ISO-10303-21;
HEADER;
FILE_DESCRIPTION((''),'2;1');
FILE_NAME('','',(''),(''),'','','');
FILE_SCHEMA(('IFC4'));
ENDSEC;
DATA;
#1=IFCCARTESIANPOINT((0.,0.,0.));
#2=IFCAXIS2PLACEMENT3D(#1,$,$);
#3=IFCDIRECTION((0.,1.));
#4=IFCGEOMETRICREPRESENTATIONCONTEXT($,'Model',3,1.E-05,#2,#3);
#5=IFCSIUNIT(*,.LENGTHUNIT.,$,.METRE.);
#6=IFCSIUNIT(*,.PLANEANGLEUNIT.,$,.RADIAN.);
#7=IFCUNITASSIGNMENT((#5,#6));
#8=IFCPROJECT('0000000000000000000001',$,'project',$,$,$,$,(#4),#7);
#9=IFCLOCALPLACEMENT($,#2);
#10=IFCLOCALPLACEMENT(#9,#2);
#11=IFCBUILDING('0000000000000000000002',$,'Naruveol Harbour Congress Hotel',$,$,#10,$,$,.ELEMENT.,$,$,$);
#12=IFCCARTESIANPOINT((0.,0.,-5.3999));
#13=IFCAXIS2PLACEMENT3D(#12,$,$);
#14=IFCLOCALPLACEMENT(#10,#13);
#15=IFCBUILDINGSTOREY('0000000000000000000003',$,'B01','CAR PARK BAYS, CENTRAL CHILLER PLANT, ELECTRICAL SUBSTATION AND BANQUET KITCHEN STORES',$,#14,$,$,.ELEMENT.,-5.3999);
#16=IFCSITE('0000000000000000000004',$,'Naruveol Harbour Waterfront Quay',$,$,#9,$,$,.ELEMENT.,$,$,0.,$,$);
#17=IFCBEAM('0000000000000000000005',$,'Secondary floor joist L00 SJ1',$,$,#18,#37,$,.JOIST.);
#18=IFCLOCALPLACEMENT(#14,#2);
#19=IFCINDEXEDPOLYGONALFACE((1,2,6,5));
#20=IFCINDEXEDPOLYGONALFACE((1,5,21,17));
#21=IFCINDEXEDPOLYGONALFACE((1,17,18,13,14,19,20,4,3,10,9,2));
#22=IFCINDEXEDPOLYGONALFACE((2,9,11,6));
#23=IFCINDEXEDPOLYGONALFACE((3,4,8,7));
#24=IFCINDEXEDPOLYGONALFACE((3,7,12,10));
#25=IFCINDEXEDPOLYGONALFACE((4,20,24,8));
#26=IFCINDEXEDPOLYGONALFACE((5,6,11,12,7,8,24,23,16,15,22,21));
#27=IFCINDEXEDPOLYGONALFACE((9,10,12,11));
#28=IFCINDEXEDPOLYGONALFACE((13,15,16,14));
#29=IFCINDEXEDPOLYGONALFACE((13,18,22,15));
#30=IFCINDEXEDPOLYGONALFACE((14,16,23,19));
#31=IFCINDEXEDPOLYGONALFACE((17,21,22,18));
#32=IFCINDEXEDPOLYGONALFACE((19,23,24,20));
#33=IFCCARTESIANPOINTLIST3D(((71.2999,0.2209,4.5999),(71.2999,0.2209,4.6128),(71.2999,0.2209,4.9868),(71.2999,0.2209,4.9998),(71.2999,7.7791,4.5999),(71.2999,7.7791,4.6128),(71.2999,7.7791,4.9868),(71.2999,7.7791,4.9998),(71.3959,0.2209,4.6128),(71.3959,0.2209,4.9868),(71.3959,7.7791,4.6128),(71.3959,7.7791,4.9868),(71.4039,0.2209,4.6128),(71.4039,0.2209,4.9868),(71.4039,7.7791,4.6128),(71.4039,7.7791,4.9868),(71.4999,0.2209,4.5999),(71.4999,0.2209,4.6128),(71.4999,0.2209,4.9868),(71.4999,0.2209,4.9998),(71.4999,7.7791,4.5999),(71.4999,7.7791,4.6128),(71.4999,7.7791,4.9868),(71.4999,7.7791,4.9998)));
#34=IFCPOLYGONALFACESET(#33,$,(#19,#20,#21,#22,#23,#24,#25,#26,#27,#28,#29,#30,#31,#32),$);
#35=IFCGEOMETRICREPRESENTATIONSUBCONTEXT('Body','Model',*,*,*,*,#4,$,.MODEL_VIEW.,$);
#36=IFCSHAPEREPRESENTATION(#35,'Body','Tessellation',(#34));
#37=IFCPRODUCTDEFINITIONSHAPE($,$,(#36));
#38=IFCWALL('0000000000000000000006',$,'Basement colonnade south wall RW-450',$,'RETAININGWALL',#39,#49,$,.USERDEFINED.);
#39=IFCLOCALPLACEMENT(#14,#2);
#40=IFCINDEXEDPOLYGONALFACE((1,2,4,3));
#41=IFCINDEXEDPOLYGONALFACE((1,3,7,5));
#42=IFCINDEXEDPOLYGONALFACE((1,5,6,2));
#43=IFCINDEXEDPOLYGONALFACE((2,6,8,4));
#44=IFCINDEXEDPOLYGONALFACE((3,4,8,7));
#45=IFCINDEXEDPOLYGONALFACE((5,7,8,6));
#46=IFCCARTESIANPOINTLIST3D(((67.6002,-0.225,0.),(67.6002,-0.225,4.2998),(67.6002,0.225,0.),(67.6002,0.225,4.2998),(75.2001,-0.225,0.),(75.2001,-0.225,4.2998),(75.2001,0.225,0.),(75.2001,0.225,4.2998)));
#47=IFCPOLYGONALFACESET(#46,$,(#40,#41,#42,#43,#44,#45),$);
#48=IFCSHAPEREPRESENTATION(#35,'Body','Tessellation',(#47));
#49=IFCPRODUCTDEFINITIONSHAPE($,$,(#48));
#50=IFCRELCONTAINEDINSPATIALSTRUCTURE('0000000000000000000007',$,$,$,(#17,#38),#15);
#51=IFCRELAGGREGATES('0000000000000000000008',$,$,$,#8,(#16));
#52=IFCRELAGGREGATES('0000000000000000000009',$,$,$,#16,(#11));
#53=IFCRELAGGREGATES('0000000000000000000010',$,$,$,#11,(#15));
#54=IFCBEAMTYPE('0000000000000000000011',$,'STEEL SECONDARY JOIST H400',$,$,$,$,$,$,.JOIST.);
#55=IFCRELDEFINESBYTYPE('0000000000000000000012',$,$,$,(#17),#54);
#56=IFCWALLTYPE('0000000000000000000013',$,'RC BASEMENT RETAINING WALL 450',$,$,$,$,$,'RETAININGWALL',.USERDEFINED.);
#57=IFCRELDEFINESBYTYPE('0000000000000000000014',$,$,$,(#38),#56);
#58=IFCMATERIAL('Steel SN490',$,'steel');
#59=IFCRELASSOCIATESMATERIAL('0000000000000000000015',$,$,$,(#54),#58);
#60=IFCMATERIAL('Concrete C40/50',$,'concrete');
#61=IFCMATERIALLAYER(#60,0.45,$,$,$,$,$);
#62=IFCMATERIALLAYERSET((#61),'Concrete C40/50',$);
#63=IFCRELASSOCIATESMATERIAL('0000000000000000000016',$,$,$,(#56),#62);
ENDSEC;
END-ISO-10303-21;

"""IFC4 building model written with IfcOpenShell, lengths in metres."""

from ifc_helpers import new_model, si_unit, direction, frame, frame_2d, origin, origin_2d, place, context, subcontext, project, spatial, rectangle, i_section, extrude, material, layer, layer_set, material_profile, profile_set, type_object, element, save


model = new_model("IFC4")

# Units and contexts
model_context = context("Model", 3, precision=1e-05, world=origin(), true_north=direction((0.0, 1.0)))
body_context = subcontext(model_context, "Body", "Model", "MODEL_VIEW")
ifc_project = project(units=[si_unit("LENGTHUNIT", "METRE"), si_unit("PLANEANGLEUNIT", "RADIAN")], contexts=[model_context])

# Site, building, storey
site_placement = place(None, origin())
site = spatial("IfcSite", under=ifc_project, at=site_placement, Name="Naruveol Harbour Waterfront Quay", CompositionType="ELEMENT", RefElevation=0.0)
building_placement = place(site_placement, origin())
building = spatial("IfcBuilding", under=site, at=building_placement, Name="Naruveol Harbour Congress Hotel", CompositionType="ELEMENT")
storey_placement = place(building_placement, frame((0.0, 0.0, -5.3999)))
storey = spatial("IfcBuildingStorey", under=building, at=storey_placement, Name="B01", Description="CAR PARK BAYS, CENTRAL CHILLER PLANT, ELECTRICAL SUBSTATION AND BANQUET KITCHEN STORES", CompositionType="ELEMENT", Elevation=-5.3999)

# Beam
ifc_material_1 = material(Name="Steel SN490", Category="steel")
ifc_material_profile_1 = material_profile(ifc_material_1, i_section(OverallWidth=0.2, OverallDepth=0.3999, WebThickness=0.0081, FlangeThickness=0.0129, at=origin_2d()), Name="H-400x200x8x13")
ifc_profile_set_1 = profile_set([ifc_material_profile_1], Name="Steel SN490")
beam_type_1 = type_object("IfcBeamType", Name="STEEL SECONDARY JOIST H400", PredefinedType="JOIST", material=ifc_profile_set_1)
beam_1_placement = place(storey_placement, frame((71.3999, 0.2209, 4.7998), z_axis=(0.0, 1.0, 0.0), x_axis=(-1.0, 0.0, 0.0)))
element("IfcBeam", 1, at=beam_1_placement, inside=storey, type_object=beam_type_1, Name="Secondary floor joist L00 SJ1", PredefinedType="JOIST", context=body_context, shape_type="SweptSolid", body=[
    extrude(i_section(OverallWidth=0.2, OverallDepth=0.3999, WebThickness=0.0081, FlangeThickness=0.0129, at=origin_2d()), origin(), (0.0, 0.0, 1.0), 7.5581),
])

# Wall
ifc_material_2 = material(Name="Concrete C40/50", Category="concrete")
ifc_layer = layer(ifc_material_2, 0.45)
ifc_layer_set = layer_set([ifc_layer], Name="Concrete C40/50")
wall_type = type_object("IfcWallType", Name="RC BASEMENT RETAINING WALL 450", ElementType="RETAININGWALL", PredefinedType="USERDEFINED", material=ifc_layer_set)
wall_placement = place(storey_placement, frame((75.2, 0.0, 0.0), z_axis=(0.0, 0.0, 1.0), x_axis=(-1.0, 0.0, 0.0)))
element("IfcWall", 2, at=wall_placement, inside=storey, type_object=wall_type, Name="Basement colonnade south wall RW-450", ObjectType="RETAININGWALL", PredefinedType="USERDEFINED", context=body_context, shape_type="SweptSolid", body=[
    extrude(rectangle(XDim=7.5999, YDim=0.45, at=frame_2d((3.7998, 0.0))), origin(), (0.0, 0.0, 1.0), 4.2998),
])

save(model, "model.ifc")
